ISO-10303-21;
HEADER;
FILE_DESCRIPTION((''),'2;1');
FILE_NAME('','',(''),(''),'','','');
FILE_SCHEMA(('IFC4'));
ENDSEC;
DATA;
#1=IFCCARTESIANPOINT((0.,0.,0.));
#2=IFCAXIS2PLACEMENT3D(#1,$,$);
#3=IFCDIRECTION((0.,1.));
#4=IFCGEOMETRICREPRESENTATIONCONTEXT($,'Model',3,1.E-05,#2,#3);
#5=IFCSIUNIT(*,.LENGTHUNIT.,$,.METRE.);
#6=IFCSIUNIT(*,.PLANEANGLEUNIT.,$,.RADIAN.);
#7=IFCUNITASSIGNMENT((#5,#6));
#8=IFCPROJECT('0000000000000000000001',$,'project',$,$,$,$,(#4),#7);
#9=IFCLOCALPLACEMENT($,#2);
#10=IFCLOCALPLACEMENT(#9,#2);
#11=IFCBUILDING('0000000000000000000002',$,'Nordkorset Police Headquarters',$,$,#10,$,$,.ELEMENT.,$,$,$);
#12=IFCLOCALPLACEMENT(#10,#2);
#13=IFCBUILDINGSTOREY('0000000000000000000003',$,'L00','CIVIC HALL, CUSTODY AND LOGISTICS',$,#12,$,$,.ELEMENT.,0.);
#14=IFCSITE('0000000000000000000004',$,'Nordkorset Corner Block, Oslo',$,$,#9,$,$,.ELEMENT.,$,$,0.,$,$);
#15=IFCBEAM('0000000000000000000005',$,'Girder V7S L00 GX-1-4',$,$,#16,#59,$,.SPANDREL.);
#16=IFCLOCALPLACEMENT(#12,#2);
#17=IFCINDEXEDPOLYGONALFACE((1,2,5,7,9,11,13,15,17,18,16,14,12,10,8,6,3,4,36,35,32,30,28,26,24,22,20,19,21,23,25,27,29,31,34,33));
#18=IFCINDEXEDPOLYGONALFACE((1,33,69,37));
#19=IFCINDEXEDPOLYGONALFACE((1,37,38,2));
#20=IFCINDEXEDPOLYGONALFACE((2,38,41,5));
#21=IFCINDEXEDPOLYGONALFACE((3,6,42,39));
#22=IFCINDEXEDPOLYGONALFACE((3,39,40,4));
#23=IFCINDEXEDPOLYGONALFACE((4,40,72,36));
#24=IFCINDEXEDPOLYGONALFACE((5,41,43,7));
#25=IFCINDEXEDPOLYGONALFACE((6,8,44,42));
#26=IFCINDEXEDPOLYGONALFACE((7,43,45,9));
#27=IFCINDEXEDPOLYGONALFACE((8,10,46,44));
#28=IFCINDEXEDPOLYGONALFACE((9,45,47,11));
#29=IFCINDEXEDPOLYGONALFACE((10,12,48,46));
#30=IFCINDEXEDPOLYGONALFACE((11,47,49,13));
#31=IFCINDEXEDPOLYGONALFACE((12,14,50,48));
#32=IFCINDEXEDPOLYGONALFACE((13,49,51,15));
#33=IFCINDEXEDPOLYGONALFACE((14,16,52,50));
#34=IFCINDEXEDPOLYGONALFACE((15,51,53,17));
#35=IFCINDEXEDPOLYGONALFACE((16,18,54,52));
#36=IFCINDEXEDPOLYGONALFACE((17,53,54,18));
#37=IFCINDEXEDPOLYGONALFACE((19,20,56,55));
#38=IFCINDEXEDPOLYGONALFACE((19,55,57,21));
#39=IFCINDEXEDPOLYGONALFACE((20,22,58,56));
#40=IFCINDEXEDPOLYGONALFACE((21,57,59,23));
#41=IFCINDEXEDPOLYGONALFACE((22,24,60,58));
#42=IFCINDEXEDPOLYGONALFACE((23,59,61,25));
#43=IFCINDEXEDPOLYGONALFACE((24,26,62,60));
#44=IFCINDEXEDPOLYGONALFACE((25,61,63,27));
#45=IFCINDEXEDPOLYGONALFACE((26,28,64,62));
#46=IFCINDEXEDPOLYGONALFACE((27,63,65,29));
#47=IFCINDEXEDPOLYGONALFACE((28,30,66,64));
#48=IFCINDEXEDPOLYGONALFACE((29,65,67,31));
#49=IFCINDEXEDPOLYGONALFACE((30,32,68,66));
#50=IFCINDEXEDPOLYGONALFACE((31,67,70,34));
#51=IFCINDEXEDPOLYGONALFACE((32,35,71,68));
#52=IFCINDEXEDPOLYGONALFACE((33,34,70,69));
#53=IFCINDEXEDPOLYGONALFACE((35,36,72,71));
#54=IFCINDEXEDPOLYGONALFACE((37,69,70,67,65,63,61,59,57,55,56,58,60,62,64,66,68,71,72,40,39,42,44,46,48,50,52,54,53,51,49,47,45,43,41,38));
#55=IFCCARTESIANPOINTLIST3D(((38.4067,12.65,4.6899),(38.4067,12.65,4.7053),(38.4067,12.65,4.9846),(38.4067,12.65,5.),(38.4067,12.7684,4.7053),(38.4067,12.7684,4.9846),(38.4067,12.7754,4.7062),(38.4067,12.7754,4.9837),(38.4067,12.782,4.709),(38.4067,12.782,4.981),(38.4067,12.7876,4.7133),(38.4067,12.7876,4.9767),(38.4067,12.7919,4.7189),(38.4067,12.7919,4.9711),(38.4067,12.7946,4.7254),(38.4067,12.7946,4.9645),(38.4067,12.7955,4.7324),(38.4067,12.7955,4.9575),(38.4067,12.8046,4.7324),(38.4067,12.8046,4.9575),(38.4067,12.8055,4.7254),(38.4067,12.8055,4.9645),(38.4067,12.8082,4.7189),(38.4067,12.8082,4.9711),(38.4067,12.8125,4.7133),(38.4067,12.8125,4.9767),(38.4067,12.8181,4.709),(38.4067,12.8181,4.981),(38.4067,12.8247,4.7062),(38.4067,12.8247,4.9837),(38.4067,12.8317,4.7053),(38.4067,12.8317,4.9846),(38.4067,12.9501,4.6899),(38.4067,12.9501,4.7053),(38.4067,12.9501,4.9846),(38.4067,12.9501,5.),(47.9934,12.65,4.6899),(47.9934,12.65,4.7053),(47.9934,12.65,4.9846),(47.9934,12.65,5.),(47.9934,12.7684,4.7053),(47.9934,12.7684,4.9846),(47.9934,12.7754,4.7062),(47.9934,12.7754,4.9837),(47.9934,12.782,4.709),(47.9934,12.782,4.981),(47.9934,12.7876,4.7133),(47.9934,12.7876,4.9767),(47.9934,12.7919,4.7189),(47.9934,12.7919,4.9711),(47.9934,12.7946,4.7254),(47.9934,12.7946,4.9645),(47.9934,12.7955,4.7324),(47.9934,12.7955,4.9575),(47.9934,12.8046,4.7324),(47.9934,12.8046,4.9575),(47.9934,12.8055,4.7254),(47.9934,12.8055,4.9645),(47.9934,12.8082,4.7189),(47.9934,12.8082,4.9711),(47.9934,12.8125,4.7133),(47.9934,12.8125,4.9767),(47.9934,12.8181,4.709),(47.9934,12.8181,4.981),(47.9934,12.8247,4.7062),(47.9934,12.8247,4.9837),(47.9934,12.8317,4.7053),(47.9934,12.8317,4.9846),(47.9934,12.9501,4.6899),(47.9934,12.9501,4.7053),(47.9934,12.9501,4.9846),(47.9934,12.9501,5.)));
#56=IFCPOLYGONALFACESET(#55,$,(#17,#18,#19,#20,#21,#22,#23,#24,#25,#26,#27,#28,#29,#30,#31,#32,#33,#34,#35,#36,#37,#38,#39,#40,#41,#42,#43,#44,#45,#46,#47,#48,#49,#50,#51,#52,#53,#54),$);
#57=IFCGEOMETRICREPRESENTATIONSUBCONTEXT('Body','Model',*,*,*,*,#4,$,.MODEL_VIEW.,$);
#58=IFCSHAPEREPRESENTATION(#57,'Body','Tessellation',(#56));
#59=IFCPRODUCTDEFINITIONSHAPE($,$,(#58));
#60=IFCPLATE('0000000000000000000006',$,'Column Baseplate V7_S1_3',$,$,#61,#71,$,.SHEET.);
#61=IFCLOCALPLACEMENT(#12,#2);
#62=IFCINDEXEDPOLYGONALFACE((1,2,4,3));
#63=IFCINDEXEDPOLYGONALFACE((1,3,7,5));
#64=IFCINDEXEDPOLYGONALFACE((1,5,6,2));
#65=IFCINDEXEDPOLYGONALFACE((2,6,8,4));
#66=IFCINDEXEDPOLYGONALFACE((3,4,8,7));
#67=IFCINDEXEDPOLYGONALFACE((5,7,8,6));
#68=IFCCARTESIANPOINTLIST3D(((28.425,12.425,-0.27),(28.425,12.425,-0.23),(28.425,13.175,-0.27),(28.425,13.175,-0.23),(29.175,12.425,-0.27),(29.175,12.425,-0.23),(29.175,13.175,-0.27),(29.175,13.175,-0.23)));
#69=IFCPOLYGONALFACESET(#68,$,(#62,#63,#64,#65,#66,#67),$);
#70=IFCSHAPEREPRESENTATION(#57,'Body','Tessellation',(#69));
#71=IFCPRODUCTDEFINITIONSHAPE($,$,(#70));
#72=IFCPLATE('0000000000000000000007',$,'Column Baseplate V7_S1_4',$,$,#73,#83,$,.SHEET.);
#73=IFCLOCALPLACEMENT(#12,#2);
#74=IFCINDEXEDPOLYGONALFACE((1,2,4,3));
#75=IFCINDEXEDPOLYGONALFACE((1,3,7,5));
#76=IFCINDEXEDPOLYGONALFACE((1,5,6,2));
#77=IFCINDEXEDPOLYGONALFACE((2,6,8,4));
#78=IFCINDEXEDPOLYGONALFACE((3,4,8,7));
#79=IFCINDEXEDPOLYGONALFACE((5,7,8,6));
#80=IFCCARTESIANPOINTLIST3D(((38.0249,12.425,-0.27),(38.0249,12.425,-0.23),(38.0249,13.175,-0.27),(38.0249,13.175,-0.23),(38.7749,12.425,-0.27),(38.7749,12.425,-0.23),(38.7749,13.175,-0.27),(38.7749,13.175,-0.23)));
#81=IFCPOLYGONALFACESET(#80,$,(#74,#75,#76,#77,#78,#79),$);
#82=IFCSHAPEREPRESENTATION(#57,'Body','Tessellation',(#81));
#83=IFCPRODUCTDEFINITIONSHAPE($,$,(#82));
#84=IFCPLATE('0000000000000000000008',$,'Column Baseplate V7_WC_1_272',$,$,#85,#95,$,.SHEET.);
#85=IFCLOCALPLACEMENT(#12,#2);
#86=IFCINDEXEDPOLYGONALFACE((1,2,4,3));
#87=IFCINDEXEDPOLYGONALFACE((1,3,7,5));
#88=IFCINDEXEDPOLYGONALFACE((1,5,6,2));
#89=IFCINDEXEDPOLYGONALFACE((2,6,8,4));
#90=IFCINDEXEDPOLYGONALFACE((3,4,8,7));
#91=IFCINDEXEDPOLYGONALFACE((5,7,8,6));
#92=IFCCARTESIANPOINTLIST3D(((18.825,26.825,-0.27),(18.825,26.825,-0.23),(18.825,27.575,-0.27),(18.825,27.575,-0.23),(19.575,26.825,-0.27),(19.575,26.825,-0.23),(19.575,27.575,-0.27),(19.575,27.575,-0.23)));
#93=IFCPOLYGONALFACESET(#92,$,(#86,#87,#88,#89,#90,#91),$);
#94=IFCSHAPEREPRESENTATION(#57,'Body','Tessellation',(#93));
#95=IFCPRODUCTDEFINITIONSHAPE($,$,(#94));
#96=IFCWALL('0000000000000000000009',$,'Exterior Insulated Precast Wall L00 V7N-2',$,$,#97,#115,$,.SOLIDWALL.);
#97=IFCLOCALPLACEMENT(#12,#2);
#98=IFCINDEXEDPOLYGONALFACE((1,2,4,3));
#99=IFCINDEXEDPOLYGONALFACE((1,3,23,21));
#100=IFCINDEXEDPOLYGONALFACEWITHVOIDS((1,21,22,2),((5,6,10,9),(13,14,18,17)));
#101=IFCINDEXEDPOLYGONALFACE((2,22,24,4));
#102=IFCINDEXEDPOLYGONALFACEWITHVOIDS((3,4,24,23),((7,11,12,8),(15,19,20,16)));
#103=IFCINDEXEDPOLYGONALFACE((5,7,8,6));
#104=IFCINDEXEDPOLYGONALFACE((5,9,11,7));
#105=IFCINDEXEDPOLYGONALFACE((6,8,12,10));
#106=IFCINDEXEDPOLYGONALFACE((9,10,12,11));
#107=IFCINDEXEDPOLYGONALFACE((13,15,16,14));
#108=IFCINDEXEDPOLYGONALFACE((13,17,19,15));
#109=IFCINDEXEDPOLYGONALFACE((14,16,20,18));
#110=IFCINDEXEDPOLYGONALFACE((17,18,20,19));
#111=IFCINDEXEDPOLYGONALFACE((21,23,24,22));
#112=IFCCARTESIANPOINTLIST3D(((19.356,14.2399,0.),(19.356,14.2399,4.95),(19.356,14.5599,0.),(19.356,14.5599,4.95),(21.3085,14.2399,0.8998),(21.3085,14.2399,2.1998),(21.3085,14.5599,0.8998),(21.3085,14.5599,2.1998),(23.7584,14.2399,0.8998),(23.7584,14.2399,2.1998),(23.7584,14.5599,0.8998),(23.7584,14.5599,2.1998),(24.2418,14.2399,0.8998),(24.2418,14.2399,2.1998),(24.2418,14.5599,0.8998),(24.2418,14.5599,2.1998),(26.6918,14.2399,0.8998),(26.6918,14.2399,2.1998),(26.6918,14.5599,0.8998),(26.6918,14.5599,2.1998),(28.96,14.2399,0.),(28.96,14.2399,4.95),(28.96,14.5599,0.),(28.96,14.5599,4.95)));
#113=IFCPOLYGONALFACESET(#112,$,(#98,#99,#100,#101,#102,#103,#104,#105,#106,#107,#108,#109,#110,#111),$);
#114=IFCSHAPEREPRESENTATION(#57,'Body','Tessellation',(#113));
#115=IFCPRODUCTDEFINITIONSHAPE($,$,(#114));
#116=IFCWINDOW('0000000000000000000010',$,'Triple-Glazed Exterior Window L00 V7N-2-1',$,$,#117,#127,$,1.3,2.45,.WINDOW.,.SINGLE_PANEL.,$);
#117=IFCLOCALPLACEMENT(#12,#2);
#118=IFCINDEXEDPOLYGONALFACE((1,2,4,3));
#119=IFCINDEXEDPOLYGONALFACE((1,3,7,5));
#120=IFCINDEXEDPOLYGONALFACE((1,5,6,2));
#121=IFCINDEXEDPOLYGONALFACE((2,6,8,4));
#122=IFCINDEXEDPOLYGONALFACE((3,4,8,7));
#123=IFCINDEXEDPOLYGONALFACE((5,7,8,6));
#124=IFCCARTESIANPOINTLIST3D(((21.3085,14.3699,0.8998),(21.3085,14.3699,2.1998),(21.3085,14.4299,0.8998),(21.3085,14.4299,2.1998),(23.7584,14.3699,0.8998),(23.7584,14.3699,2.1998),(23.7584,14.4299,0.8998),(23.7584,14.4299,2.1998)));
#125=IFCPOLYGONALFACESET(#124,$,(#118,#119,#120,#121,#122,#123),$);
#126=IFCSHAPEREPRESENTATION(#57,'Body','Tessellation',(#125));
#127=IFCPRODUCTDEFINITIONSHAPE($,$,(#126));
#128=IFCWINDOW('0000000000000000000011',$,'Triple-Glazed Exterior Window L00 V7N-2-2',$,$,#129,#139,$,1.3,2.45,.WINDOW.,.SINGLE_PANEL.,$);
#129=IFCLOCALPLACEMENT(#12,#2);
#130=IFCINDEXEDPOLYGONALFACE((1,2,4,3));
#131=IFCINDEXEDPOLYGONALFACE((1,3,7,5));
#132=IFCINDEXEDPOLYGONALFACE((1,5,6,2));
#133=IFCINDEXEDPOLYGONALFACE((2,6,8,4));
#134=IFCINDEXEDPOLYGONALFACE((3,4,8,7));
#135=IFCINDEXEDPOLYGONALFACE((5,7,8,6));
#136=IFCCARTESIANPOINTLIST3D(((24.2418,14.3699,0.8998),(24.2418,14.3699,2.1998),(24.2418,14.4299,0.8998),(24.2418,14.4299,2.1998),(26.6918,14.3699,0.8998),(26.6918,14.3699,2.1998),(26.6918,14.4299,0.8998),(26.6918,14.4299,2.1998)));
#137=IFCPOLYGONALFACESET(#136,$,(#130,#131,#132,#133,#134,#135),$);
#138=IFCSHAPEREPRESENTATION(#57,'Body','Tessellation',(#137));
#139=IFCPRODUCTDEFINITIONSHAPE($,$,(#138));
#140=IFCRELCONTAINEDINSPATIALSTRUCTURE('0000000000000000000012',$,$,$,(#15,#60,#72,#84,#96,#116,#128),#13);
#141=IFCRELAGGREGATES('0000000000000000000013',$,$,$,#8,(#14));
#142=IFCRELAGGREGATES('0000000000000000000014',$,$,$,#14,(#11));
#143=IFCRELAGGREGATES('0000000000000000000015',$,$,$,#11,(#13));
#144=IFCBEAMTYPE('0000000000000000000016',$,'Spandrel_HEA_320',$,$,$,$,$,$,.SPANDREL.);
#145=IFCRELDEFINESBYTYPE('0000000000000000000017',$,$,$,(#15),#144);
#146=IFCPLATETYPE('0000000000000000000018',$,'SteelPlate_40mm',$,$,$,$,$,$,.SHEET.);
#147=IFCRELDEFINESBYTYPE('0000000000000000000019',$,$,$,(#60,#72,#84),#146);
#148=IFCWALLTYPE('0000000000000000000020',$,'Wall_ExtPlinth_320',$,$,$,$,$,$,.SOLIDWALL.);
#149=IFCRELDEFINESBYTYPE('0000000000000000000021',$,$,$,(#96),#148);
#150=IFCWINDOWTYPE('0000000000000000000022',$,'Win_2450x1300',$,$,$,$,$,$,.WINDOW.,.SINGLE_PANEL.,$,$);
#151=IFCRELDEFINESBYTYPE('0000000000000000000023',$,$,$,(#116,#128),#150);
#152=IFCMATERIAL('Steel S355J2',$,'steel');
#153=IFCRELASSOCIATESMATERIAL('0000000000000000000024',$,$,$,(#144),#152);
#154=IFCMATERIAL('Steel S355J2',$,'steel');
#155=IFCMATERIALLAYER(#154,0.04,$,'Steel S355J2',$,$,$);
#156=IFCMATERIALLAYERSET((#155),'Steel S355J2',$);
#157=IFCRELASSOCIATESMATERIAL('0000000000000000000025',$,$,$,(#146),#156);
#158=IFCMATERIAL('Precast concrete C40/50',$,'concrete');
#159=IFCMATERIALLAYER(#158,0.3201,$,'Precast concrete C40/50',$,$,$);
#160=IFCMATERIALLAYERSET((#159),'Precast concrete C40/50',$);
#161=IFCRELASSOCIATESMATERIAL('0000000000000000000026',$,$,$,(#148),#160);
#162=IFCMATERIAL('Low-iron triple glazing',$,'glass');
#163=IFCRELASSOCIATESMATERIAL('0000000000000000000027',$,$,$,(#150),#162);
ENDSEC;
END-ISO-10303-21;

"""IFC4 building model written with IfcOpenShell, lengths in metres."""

from ifc_helpers import new_model, si_unit, direction, frame, frame_2d, origin, origin_2d, place, context, subcontext, project, spatial, rectangle, i_section, extrude, material, layer, layer_set, material_profile, profile_set, type_object, element, fill, save


model = new_model("IFC4")

# Units and contexts
model_context = context("Model", 3, precision=1e-05, world=origin(), true_north=direction((0.0, 1.0)))
body_context = subcontext(model_context, "Body", "Model", "MODEL_VIEW")
ifc_project = project(units=[si_unit("LENGTHUNIT", "METRE"), si_unit("PLANEANGLEUNIT", "RADIAN")], contexts=[model_context])

# Site, building, storey
site_placement = place(None, origin())
site = spatial("IfcSite", under=ifc_project, at=site_placement, Name="Nordkorset Corner Block, Oslo", CompositionType="ELEMENT", RefElevation=0.0)
building_placement = place(site_placement, origin())
building = spatial("IfcBuilding", under=site, at=building_placement, Name="Nordkorset Police Headquarters", CompositionType="ELEMENT")
storey_placement = place(building_placement, origin())
storey = spatial("IfcBuildingStorey", under=building, at=storey_placement, Name="L00", Description="CIVIC HALL, CUSTODY AND LOGISTICS", CompositionType="ELEMENT", Elevation=0.0)

# Beam
ifc_material_1 = material(Name="Steel S355J2", Category="steel")
ifc_material_profile_1 = material_profile(ifc_material_1, i_section(OverallWidth=0.3, OverallDepth=0.3101, WebThickness=0.009, FlangeThickness=0.0154, FilletRadius=0.0271, at=origin_2d()), Name="HEA 320")
ifc_profile_set_1 = profile_set([ifc_material_profile_1], Name="Steel S355J2")
beam_type_1 = type_object("IfcBeamType", Name="Spandrel_HEA_320", PredefinedType="SPANDREL", material=ifc_profile_set_1)
for number, where, z_axis, x_axis, name in (
    (1, (38.4067, 12.8, 4.845), (1.0, 0.0, 0.0), (0.0, 1.0, 0.0), "Girder V7S L00 GX-1-4"),
):
    element("IfcBeam", number, at=place(storey_placement, frame(where, z_axis=z_axis, x_axis=x_axis)), inside=storey, type_object=beam_type_1, Name=name, PredefinedType="SPANDREL", context=body_context, shape_type="SweptSolid", body=[
        extrude(i_section(OverallWidth=0.3, OverallDepth=0.3101, WebThickness=0.009, FlangeThickness=0.0154, FilletRadius=0.0271, at=origin_2d()), origin(), (0.0, 0.0, 1.0), 9.5867),
    ])

# Plates
ifc_material_2 = material(Name="Steel S355J2", Category="steel")
ifc_layer_1 = layer(ifc_material_2, 0.04, Name="Steel S355J2")
ifc_layer_set_1 = layer_set([ifc_layer_1], Name="Steel S355J2")
plate_type = type_object("IfcPlateType", Name="SteelPlate_40mm", PredefinedType="SHEET", material=ifc_layer_set_1)
for number, where, z_axis, x_axis, name in (
    (2, (28.8, 12.8, -0.27), (0.0, 0.0, 1.0), (1.0, 0.0, 0.0), "Column Baseplate V7_S1_3"),
    (3, (38.3999, 12.8, -0.27), (0.0, 0.0, 1.0), (1.0, 0.0, 0.0), "Column Baseplate V7_S1_4"),
    (4, (19.2, 27.2, -0.27), (0.0, 0.0, 1.0), (1.0, 0.0, 0.0), "Column Baseplate V7_WC_1_272"),
):
    element("IfcPlate", number, at=place(storey_placement, frame(where, z_axis=z_axis, x_axis=x_axis)), inside=storey, type_object=plate_type, Name=name, PredefinedType="SHEET", context=body_context, shape_type="SweptSolid", body=[
        extrude(rectangle(XDim=0.75, YDim=0.75, at=origin_2d()), origin(), (0.0, 0.0, 1.0), 0.04),
    ])

# Wall, openings, windows
ifc_material_3 = material(Name="Precast concrete C40/50", Category="concrete")
ifc_layer_2 = layer(ifc_material_3, 0.3201, Name="Precast concrete C40/50")
ifc_layer_set_2 = layer_set([ifc_layer_2], Name="Precast concrete C40/50")
wall_type_1 = type_object("IfcWallType", Name="Wall_ExtPlinth_320", PredefinedType="SOLIDWALL", material=ifc_layer_set_2)
wall_1_placement = place(storey_placement, frame((19.356, 14.3999, 0.0), z_axis=(0.0, 0.0, 1.0), x_axis=(1.0, 0.0, 0.0)))
wall_1 = element("IfcWall", 5, at=wall_1_placement, inside=storey, type_object=wall_type_1, Name="Exterior Insulated Precast Wall L00 V7N-2", PredefinedType="SOLIDWALL", context=body_context, shape_type="SweptSolid", body=[
    extrude(rectangle(XDim=9.604, YDim=0.3201, at=frame_2d((4.802, 0.0))), origin(), (0.0, 0.0, 1.0), 4.95),
])
opening_1_placement = place(wall_1_placement, frame((1.9524, 0.0, 0.8999)))
opening_1 = element("IfcOpeningElement", 6, at=opening_1_placement, cuts=wall_1, PredefinedType="OPENING", context=body_context, shape_type="SweptSolid", body=[
    extrude(rectangle(XDim=2.45, YDim=1.3, at=frame_2d((1.2251, 0.6499))), frame((0.0, 0.1699, 0.0), z_axis=(0.0, -1.0, 0.0), x_axis=(1.0, 0.0, 0.0)), (0.0, 0.0, 1.0), 0.3401),
])
opening_2_placement = place(wall_1_placement, frame((4.8857, 0.0, 0.8999)))
opening_2 = element("IfcOpeningElement", 7, at=opening_2_placement, cuts=wall_1, PredefinedType="OPENING", context=body_context, shape_type="SweptSolid", body=[
    extrude(rectangle(XDim=2.45, YDim=1.3, at=frame_2d((1.2251, 0.6499))), frame((0.0, 0.1699, 0.0), z_axis=(0.0, -1.0, 0.0), x_axis=(1.0, 0.0, 0.0)), (0.0, 0.0, 1.0), 0.3401),
])
ifc_material_4 = material(Name="Low-iron triple glazing", Category="glass")
window_type_1 = type_object("IfcWindowType", Name="Win_2450x1300", PartitioningType="SINGLE_PANEL", PredefinedType="WINDOW", material=ifc_material_4)
window_1_placement = place(opening_1_placement, origin())
window_1 = element("IfcWindow", 8, at=window_1_placement, inside=storey, type_object=window_type_1, Name="Triple-Glazed Exterior Window L00 V7N-2-1", OverallHeight=1.3, OverallWidth=2.45, PartitioningType="SINGLE_PANEL", PredefinedType="WINDOW", context=body_context, shape_type="SweptSolid", body=[
    extrude(rectangle(XDim=2.45, YDim=1.3, at=frame_2d((1.2251, 0.6499))), frame((0.0, 0.03, 0.0), z_axis=(0.0, -1.0, 0.0), x_axis=(1.0, 0.0, 0.0)), (0.0, 0.0, 1.0), 0.0601),
])
fill(opening_1, window_1)
window_2_placement = place(opening_2_placement, origin())
window_2 = element("IfcWindow", 9, at=window_2_placement, inside=storey, type_object=window_type_1, Name="Triple-Glazed Exterior Window L00 V7N-2-2", OverallHeight=1.3, OverallWidth=2.45, PartitioningType="SINGLE_PANEL", PredefinedType="WINDOW", context=body_context, shape_type="SweptSolid", body=[
    extrude(rectangle(XDim=2.45, YDim=1.3, at=frame_2d((1.2251, 0.6499))), frame((0.0, 0.03, 0.0), z_axis=(0.0, -1.0, 0.0), x_axis=(1.0, 0.0, 0.0)), (0.0, 0.0, 1.0), 0.0601),
])
fill(opening_2, window_2)

save(model, "model.ifc")
